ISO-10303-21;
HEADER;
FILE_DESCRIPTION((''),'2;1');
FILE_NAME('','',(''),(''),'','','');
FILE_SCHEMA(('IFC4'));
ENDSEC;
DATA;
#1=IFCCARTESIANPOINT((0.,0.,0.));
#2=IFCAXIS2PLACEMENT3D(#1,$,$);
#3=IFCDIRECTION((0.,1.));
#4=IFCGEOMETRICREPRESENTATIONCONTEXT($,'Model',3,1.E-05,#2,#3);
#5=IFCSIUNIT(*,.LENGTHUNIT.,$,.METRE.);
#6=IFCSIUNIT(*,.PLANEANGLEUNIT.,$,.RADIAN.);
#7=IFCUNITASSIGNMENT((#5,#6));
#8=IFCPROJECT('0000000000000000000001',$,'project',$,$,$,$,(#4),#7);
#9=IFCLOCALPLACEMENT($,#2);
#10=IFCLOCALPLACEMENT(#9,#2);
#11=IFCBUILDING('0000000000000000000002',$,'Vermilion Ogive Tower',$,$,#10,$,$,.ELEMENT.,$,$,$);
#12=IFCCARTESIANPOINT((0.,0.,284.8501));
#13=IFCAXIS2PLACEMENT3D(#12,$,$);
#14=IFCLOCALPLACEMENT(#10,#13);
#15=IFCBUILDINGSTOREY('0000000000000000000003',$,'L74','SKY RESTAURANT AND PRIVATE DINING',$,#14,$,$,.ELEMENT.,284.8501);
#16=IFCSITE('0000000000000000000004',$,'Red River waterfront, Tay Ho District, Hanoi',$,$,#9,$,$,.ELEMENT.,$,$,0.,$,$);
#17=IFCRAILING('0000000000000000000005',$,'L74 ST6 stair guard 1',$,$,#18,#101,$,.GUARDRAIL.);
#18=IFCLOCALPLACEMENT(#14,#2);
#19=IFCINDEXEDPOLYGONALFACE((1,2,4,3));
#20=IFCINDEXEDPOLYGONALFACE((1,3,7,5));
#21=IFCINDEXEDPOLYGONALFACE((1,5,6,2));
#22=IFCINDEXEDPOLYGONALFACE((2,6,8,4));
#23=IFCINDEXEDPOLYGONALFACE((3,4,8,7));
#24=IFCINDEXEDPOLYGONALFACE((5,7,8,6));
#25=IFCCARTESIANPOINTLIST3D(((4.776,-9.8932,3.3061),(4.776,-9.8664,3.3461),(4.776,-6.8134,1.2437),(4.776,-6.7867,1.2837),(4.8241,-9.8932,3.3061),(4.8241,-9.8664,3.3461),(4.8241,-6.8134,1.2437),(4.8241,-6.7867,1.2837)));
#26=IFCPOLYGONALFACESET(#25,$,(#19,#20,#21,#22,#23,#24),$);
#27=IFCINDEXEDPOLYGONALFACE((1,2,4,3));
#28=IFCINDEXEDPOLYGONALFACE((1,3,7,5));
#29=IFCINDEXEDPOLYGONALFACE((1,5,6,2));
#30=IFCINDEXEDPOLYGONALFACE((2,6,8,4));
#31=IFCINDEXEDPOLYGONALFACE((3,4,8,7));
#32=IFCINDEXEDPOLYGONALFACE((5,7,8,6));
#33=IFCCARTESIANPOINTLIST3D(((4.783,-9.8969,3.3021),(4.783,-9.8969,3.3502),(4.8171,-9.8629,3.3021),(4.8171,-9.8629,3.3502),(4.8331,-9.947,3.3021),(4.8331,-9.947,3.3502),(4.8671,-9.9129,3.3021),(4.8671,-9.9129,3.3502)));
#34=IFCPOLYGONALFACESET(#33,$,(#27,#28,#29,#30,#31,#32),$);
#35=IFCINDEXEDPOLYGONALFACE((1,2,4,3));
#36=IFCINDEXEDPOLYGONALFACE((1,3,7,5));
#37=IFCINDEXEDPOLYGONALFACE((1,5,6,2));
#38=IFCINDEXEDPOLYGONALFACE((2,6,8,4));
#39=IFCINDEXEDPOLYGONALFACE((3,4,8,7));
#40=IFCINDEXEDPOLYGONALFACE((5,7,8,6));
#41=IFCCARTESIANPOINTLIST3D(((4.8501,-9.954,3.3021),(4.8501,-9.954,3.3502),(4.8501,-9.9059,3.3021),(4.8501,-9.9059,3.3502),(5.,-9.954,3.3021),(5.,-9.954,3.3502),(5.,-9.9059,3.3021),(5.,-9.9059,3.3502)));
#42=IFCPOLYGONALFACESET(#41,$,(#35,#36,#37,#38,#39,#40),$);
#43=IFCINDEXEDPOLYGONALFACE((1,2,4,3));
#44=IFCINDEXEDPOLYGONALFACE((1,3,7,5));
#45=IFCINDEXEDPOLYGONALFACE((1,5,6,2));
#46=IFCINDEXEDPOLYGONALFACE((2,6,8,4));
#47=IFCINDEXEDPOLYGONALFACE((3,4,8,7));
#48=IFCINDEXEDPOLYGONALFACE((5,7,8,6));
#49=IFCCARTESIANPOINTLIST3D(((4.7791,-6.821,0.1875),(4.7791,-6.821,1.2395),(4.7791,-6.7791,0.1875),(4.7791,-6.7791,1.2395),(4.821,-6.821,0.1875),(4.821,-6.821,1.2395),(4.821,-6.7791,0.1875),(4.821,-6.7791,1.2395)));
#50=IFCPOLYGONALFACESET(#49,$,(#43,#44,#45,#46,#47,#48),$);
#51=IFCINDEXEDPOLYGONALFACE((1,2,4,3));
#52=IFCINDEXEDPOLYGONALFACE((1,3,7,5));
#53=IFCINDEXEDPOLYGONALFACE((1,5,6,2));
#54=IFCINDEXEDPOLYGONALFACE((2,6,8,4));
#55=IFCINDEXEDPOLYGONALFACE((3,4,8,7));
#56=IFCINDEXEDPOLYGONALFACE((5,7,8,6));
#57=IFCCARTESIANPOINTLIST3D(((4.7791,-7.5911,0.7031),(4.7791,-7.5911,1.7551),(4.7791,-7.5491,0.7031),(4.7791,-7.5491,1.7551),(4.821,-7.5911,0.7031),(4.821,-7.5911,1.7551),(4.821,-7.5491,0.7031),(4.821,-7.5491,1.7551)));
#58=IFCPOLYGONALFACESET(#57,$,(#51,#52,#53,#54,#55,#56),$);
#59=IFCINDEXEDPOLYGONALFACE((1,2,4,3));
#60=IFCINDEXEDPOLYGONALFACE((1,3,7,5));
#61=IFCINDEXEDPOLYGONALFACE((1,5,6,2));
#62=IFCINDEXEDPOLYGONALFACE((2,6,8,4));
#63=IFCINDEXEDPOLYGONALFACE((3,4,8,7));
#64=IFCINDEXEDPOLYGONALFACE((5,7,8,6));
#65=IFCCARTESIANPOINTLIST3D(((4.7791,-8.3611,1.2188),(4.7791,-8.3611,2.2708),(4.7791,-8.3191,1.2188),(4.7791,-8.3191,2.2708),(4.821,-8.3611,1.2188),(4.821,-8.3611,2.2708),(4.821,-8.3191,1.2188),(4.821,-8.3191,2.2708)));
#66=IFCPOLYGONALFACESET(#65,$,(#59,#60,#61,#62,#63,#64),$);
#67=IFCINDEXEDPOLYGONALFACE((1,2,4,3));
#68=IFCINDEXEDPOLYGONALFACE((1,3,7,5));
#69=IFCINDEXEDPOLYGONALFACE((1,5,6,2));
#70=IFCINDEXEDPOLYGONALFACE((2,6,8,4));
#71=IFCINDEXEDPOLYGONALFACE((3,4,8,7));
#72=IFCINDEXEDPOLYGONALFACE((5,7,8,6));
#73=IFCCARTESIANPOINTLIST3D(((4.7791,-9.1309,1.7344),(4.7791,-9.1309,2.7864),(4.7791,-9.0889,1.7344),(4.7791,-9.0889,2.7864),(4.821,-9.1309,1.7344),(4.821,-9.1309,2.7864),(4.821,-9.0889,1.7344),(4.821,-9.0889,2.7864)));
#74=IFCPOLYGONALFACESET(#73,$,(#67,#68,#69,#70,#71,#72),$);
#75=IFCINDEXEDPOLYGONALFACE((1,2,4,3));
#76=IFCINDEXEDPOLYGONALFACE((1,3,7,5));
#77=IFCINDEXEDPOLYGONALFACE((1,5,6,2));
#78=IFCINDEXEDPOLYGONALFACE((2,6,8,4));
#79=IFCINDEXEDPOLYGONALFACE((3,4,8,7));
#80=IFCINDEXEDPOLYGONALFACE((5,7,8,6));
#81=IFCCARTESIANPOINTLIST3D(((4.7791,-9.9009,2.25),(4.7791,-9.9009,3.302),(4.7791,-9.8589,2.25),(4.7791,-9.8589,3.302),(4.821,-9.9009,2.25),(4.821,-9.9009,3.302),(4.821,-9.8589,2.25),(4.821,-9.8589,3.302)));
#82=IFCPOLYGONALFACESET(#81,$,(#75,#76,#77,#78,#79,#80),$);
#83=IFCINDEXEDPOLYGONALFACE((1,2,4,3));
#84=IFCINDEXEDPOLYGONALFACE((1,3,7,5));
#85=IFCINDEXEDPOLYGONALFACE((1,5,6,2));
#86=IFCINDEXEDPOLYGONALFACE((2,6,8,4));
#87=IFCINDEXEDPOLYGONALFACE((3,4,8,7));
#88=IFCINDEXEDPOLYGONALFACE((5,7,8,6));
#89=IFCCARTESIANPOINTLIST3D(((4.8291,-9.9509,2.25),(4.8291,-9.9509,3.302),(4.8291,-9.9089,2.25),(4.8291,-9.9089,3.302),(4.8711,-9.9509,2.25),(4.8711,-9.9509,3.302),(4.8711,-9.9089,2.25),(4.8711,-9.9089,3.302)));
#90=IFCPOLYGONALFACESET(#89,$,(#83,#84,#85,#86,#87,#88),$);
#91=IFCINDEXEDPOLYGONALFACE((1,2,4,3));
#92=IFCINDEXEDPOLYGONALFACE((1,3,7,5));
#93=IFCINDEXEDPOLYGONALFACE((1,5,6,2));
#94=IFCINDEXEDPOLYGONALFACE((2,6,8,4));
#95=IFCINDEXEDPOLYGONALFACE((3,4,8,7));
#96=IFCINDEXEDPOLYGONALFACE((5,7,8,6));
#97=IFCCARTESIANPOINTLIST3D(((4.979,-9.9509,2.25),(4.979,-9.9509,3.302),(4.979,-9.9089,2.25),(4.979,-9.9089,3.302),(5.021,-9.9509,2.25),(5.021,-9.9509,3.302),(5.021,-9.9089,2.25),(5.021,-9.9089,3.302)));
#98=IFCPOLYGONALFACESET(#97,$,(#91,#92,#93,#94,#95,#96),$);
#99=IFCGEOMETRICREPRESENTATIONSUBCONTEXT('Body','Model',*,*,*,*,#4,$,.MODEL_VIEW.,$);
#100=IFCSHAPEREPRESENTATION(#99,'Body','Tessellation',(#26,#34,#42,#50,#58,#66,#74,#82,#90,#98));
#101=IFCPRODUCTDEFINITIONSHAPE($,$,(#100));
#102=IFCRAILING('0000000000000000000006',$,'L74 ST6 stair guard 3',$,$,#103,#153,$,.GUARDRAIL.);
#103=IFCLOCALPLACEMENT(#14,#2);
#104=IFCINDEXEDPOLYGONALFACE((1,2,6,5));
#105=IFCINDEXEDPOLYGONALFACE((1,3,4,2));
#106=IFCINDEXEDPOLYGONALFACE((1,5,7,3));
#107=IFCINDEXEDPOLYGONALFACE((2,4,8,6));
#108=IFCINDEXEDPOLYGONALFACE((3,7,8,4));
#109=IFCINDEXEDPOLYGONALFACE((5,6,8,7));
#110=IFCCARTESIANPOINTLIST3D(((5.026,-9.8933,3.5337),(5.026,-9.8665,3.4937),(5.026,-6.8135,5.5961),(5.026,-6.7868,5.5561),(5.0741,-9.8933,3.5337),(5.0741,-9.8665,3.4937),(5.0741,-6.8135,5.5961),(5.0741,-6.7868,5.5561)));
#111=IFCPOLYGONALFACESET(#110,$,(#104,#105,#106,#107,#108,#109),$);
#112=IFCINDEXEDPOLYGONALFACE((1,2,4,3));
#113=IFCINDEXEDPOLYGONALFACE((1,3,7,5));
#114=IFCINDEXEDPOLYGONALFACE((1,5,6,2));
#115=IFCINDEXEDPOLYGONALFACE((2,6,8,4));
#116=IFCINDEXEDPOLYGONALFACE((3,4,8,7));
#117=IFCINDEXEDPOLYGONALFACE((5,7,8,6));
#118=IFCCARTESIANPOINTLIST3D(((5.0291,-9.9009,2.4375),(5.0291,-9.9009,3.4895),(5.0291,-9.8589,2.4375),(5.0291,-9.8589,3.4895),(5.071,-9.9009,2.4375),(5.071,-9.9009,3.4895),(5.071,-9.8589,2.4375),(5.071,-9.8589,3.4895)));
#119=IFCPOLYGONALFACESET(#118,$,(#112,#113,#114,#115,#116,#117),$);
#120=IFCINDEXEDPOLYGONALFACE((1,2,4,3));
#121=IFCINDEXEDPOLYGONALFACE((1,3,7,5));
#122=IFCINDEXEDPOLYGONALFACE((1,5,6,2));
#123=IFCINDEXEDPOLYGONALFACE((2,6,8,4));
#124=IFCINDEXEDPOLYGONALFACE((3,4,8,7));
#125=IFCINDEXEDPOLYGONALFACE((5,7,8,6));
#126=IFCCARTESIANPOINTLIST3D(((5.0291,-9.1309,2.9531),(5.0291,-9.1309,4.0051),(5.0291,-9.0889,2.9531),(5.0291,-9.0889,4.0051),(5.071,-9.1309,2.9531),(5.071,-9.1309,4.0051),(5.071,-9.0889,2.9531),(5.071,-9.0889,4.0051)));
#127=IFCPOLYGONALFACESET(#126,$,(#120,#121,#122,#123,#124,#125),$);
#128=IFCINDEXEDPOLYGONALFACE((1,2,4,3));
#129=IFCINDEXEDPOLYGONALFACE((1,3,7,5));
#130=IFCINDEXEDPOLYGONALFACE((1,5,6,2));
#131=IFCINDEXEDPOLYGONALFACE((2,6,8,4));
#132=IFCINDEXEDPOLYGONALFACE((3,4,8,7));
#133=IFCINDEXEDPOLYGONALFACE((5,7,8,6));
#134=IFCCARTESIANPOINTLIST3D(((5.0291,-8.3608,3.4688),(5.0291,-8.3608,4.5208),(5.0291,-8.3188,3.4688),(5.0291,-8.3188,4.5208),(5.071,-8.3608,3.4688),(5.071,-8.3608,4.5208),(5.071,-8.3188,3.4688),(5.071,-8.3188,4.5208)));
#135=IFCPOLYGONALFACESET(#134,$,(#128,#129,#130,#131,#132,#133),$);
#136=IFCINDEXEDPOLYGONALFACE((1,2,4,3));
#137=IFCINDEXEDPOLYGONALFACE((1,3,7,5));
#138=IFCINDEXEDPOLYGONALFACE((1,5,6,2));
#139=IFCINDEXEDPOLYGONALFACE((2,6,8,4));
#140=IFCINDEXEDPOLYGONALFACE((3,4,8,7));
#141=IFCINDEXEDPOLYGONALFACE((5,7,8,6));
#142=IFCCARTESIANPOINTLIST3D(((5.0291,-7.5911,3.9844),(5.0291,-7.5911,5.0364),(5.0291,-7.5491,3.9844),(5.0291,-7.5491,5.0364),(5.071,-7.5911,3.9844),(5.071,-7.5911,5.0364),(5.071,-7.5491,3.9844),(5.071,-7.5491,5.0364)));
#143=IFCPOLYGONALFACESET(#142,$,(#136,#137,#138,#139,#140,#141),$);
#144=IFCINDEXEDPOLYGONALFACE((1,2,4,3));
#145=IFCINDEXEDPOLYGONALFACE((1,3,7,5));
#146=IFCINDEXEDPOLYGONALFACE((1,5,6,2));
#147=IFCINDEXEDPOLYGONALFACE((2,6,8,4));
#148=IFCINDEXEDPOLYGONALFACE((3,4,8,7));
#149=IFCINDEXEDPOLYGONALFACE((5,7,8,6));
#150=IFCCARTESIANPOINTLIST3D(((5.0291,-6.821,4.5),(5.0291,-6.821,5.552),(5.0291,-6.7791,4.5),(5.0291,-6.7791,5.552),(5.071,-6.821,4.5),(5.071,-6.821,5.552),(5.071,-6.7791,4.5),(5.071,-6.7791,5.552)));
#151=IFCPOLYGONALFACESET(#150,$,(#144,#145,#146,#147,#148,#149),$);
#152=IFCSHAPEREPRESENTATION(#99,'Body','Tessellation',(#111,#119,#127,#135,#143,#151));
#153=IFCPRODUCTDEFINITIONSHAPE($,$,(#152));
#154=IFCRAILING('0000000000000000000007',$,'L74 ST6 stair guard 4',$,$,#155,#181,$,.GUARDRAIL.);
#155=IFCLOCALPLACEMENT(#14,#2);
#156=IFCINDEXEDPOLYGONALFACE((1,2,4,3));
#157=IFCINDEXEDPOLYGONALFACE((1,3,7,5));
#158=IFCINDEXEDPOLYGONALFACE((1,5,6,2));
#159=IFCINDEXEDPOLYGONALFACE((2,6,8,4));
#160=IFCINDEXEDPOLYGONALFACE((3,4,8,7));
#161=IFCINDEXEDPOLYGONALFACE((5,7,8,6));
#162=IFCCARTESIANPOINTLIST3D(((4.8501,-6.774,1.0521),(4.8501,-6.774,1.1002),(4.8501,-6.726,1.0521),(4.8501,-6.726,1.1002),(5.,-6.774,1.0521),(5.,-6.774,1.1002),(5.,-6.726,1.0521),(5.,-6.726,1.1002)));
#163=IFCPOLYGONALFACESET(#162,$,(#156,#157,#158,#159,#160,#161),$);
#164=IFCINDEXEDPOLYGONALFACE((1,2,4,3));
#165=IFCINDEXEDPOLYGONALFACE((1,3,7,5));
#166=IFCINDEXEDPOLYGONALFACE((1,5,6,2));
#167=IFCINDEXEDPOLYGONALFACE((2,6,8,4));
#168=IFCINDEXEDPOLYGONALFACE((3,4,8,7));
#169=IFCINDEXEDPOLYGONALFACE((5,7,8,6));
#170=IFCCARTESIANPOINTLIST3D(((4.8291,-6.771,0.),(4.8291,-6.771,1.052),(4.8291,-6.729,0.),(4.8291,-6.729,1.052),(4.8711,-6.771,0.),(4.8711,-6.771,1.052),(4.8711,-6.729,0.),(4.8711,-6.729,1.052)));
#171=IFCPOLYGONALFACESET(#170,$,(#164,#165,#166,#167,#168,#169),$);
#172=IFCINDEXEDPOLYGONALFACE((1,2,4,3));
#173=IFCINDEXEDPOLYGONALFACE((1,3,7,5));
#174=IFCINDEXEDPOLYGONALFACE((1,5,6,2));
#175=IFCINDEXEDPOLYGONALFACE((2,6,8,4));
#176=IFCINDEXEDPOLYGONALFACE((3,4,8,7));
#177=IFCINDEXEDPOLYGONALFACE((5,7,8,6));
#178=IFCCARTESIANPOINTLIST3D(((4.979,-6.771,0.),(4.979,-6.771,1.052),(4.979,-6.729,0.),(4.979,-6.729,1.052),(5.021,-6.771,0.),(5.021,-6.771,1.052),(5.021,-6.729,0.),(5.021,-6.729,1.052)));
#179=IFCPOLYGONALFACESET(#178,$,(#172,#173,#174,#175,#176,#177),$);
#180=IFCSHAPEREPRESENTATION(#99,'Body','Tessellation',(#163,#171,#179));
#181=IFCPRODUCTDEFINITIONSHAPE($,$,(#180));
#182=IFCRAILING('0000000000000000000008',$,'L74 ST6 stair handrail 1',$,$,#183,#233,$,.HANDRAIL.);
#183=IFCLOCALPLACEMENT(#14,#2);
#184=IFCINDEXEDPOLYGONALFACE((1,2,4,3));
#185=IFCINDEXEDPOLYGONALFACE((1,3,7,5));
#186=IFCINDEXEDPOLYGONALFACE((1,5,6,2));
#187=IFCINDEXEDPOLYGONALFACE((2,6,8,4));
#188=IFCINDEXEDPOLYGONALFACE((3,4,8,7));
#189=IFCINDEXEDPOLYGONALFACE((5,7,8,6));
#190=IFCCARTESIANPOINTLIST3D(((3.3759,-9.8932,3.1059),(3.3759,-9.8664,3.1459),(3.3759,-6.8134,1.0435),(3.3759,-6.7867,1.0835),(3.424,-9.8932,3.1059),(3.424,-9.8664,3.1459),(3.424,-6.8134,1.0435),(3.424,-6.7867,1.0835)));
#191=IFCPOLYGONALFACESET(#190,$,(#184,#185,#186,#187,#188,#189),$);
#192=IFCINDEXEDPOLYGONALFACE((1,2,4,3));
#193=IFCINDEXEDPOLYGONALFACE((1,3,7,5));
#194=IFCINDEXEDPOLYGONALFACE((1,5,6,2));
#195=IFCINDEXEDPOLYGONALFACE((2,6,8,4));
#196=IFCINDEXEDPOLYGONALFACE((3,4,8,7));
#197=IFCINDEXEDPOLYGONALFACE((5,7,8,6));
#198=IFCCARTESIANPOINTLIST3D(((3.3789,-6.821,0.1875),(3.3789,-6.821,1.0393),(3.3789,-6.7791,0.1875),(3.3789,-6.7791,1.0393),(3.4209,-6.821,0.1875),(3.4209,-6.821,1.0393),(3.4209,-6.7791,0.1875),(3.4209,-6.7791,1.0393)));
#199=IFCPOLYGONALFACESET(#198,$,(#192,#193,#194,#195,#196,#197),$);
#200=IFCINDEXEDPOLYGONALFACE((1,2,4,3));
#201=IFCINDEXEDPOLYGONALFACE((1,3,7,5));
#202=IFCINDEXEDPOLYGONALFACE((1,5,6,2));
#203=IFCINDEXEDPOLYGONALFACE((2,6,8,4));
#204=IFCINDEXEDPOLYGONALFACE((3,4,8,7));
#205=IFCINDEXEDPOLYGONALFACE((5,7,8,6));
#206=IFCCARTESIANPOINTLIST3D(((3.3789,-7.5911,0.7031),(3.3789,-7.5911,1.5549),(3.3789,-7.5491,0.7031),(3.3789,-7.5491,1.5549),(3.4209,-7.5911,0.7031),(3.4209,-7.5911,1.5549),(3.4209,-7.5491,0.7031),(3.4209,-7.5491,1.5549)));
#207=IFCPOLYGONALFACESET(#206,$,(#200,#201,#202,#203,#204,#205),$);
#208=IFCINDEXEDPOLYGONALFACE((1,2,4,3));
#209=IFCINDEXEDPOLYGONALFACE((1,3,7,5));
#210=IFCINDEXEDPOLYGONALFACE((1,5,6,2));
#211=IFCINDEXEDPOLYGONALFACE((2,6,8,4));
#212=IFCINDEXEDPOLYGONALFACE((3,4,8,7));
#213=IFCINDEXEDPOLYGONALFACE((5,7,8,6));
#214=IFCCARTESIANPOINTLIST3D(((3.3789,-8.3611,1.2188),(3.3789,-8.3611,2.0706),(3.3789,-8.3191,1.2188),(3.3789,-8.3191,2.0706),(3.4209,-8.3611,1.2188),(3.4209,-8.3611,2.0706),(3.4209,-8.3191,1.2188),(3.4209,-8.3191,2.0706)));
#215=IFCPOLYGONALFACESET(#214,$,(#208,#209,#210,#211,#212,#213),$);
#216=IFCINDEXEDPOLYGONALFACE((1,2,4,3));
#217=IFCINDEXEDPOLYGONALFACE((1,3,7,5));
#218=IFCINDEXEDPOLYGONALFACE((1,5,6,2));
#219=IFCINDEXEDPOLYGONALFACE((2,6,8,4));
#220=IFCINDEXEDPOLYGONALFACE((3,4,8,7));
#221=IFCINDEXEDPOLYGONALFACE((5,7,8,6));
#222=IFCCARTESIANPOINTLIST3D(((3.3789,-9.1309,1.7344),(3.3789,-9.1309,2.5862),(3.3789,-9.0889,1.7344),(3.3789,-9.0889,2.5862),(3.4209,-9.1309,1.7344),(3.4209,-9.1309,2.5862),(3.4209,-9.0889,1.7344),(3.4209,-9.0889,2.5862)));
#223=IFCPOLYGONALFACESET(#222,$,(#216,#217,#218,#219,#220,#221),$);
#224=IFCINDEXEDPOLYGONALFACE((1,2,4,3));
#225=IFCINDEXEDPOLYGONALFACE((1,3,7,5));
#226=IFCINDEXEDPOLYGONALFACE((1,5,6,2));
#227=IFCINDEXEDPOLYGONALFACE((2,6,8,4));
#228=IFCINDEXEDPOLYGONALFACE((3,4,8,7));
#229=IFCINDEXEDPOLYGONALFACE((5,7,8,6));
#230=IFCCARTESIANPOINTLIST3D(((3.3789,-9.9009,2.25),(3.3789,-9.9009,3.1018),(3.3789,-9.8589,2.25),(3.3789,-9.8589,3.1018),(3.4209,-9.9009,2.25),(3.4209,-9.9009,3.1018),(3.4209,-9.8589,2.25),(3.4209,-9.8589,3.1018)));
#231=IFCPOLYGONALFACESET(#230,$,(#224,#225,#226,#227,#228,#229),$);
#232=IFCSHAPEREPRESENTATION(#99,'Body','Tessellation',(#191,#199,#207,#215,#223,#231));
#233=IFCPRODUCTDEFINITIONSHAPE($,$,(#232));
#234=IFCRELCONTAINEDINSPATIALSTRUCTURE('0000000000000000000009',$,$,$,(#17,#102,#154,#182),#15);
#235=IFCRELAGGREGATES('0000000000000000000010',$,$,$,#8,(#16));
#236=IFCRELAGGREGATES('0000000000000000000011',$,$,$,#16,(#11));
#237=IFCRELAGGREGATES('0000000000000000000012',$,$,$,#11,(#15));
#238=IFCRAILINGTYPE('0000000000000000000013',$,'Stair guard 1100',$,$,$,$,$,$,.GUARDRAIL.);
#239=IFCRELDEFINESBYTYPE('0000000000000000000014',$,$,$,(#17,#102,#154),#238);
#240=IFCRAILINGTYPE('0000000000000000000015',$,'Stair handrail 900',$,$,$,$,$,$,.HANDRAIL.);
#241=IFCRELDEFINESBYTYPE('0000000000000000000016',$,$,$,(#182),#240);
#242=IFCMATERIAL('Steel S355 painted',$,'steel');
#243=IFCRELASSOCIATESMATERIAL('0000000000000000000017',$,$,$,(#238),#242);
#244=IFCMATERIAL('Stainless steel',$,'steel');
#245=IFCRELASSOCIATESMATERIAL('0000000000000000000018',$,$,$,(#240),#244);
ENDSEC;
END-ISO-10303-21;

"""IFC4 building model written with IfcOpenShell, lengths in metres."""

from ifc_helpers import new_model, si_unit, direction, frame, origin, origin_2d, place, context, subcontext, project, spatial, rectangle, extrude, material, type_object, element, save


model = new_model("IFC4")

# Units and contexts
model_context = context("Model", 3, precision=1e-05, world=origin(), true_north=direction((0.0, 1.0)))
body_context = subcontext(model_context, "Body", "Model", "MODEL_VIEW")
ifc_project = project(units=[si_unit("LENGTHUNIT", "METRE"), si_unit("PLANEANGLEUNIT", "RADIAN")], contexts=[model_context])

# Site, building, storey
site_placement = place(None, origin())
site = spatial("IfcSite", under=ifc_project, at=site_placement, Name="Red River waterfront, Tay Ho District, Hanoi", CompositionType="ELEMENT", RefElevation=0.0)
building_placement = place(site_placement, origin())
building = spatial("IfcBuilding", under=site, at=building_placement, Name="Vermilion Ogive Tower", CompositionType="ELEMENT")
storey_placement = place(building_placement, frame((0.0, 0.0, 284.8501)))
storey = spatial("IfcBuildingStorey", under=building, at=storey_placement, Name="L74", Description="SKY RESTAURANT AND PRIVATE DINING", CompositionType="ELEMENT", Elevation=284.8501)

# Railings
ifc_material_1 = material(Name="Steel S355 painted", Category="steel")
railing_type_1 = type_object("IfcRailingType", Name="Stair guard 1100", PredefinedType="GUARDRAIL", material=ifc_material_1)
railing_1_placement = place(storey_placement, frame((4.8, -6.8, 0.1875)))
element("IfcRailing", 1, at=railing_1_placement, inside=storey, type_object=railing_type_1, Name="L74 ST6 stair guard 1", PredefinedType="GUARDRAIL", context=body_context, shape_type="SweptSolid", body=[
    extrude(rectangle(XDim=0.0481, YDim=0.0481, at=origin_2d()), frame((0.0, 0.0, 1.0762), z_axis=(0.0, -0.830893, 0.556432), x_axis=(1.0, 0.0, 0.0)), (0.0, 0.0, 1.0), 3.7065),
    extrude(rectangle(XDim=0.0481, YDim=0.0481, at=origin_2d()), frame((0.0, -3.0798, 3.1387), z_axis=(0.707107, -0.707107, 0.0), x_axis=(0.707107, 0.707107, 0.0)), (0.0, 0.0, 1.0), 0.0708),
    extrude(rectangle(XDim=0.0481, YDim=0.0481, at=origin_2d()), frame((0.05, -3.1299, 3.1387), z_axis=(1.0, 0.0, 0.0), x_axis=(0.0, 1.0, 0.0)), (0.0, 0.0, 1.0), 0.1499),
    extrude(rectangle(XDim=0.042, YDim=0.042, at=origin_2d()), origin(), (0.0, 0.0, 1.0), 1.052),
    extrude(rectangle(XDim=0.042, YDim=0.042, at=origin_2d()), frame((0.0, -0.77, 0.5156)), (0.0, 0.0, 1.0), 1.052),
    extrude(rectangle(XDim=0.042, YDim=0.042, at=origin_2d()), frame((0.0, -1.54, 1.0312)), (0.0, 0.0, 1.0), 1.052),
    extrude(rectangle(XDim=0.042, YDim=0.042, at=origin_2d()), frame((0.0, -2.3098, 1.5469)), (0.0, 0.0, 1.0), 1.052),
    extrude(rectangle(XDim=0.042, YDim=0.042, at=origin_2d()), frame((0.0, -3.0798, 2.0625)), (0.0, 0.0, 1.0), 1.052),
    extrude(rectangle(XDim=0.042, YDim=0.042, at=origin_2d()), frame((0.05, -3.1299, 2.0625)), (0.0, 0.0, 1.0), 1.052),
    extrude(rectangle(XDim=0.042, YDim=0.042, at=origin_2d()), frame((0.2, -3.1299, 2.0625)), (0.0, 0.0, 1.0), 1.052),
])
railing_2_placement = place(storey_placement, frame((5.05, -9.8799, 2.4375)))
element("IfcRailing", 2, at=railing_2_placement, inside=storey, type_object=railing_type_1, Name="L74 ST6 stair guard 3", PredefinedType="GUARDRAIL", context=body_context, shape_type="SweptSolid", body=[
    extrude(rectangle(XDim=0.0481, YDim=0.0481, at=origin_2d()), frame((0.0, 0.0, 1.0762), z_axis=(0.0, 0.830893, 0.556432), x_axis=(-1.0, 0.0, 0.0)), (0.0, 0.0, 1.0), 3.7065),
    extrude(rectangle(XDim=0.042, YDim=0.042, at=origin_2d()), origin(), (0.0, 0.0, 1.0), 1.052),
    extrude(rectangle(XDim=0.042, YDim=0.042, at=origin_2d()), frame((0.0, 0.77, 0.5156)), (0.0, 0.0, 1.0), 1.052),
    extrude(rectangle(XDim=0.042, YDim=0.042, at=origin_2d()), frame((0.0, 1.54, 1.0312)), (0.0, 0.0, 1.0), 1.052),
    extrude(rectangle(XDim=0.042, YDim=0.042, at=origin_2d()), frame((0.0, 2.3098, 1.5469)), (0.0, 0.0, 1.0), 1.052),
    extrude(rectangle(XDim=0.042, YDim=0.042, at=origin_2d()), frame((0.0, 3.0798, 2.0625)), (0.0, 0.0, 1.0), 1.052),
])
railing_3_placement = place(storey_placement, frame((4.8501, -6.75, 0.0)))
element("IfcRailing", 3, at=railing_3_placement, inside=storey, type_object=railing_type_1, Name="L74 ST6 stair guard 4", PredefinedType="GUARDRAIL", context=body_context, shape_type="SweptSolid", body=[
    extrude(rectangle(XDim=0.0481, YDim=0.0481, at=origin_2d()), frame((0.0, 0.0, 1.0762), z_axis=(1.0, 0.0, 0.0), x_axis=(0.0, 1.0, 0.0)), (0.0, 0.0, 1.0), 0.1499),
    extrude(rectangle(XDim=0.042, YDim=0.042, at=origin_2d()), origin(), (0.0, 0.0, 1.0), 1.052),
    extrude(rectangle(XDim=0.042, YDim=0.042, at=origin_2d()), frame((0.1499, 0.0, 0.0)), (0.0, 0.0, 1.0), 1.052),
])
ifc_material_2 = material(Name="Stainless steel", Category="steel")
railing_type_2 = type_object("IfcRailingType", Name="Stair handrail 900", PredefinedType="HANDRAIL", material=ifc_material_2)
railing_4_placement = place(storey_placement, frame((3.3999, -6.8, 0.1875)))
element("IfcRailing", 4, at=railing_4_placement, inside=storey, type_object=railing_type_2, Name="L74 ST6 stair handrail 1", PredefinedType="HANDRAIL", context=body_context, shape_type="SweptSolid", body=[
    extrude(rectangle(XDim=0.0481, YDim=0.0481, at=origin_2d()), frame((0.0, 0.0, 0.876), z_axis=(0.0, -0.830893, 0.556432), x_axis=(1.0, 0.0, 0.0)), (0.0, 0.0, 1.0), 3.7065),
    extrude(rectangle(XDim=0.042, YDim=0.042, at=origin_2d()), origin(), (0.0, 0.0, 1.0), 0.8518),
    extrude(rectangle(XDim=0.042, YDim=0.042, at=origin_2d()), frame((0.0, -0.77, 0.5156)), (0.0, 0.0, 1.0), 0.8518),
    extrude(rectangle(XDim=0.042, YDim=0.042, at=origin_2d()), frame((0.0, -1.54, 1.0312)), (0.0, 0.0, 1.0), 0.8518),
    extrude(rectangle(XDim=0.042, YDim=0.042, at=origin_2d()), frame((0.0, -2.3098, 1.5469)), (0.0, 0.0, 1.0), 0.8518),
    extrude(rectangle(XDim=0.042, YDim=0.042, at=origin_2d()), frame((0.0, -3.0798, 2.0625)), (0.0, 0.0, 1.0), 0.8518),
])

save(model, "model.ifc")
